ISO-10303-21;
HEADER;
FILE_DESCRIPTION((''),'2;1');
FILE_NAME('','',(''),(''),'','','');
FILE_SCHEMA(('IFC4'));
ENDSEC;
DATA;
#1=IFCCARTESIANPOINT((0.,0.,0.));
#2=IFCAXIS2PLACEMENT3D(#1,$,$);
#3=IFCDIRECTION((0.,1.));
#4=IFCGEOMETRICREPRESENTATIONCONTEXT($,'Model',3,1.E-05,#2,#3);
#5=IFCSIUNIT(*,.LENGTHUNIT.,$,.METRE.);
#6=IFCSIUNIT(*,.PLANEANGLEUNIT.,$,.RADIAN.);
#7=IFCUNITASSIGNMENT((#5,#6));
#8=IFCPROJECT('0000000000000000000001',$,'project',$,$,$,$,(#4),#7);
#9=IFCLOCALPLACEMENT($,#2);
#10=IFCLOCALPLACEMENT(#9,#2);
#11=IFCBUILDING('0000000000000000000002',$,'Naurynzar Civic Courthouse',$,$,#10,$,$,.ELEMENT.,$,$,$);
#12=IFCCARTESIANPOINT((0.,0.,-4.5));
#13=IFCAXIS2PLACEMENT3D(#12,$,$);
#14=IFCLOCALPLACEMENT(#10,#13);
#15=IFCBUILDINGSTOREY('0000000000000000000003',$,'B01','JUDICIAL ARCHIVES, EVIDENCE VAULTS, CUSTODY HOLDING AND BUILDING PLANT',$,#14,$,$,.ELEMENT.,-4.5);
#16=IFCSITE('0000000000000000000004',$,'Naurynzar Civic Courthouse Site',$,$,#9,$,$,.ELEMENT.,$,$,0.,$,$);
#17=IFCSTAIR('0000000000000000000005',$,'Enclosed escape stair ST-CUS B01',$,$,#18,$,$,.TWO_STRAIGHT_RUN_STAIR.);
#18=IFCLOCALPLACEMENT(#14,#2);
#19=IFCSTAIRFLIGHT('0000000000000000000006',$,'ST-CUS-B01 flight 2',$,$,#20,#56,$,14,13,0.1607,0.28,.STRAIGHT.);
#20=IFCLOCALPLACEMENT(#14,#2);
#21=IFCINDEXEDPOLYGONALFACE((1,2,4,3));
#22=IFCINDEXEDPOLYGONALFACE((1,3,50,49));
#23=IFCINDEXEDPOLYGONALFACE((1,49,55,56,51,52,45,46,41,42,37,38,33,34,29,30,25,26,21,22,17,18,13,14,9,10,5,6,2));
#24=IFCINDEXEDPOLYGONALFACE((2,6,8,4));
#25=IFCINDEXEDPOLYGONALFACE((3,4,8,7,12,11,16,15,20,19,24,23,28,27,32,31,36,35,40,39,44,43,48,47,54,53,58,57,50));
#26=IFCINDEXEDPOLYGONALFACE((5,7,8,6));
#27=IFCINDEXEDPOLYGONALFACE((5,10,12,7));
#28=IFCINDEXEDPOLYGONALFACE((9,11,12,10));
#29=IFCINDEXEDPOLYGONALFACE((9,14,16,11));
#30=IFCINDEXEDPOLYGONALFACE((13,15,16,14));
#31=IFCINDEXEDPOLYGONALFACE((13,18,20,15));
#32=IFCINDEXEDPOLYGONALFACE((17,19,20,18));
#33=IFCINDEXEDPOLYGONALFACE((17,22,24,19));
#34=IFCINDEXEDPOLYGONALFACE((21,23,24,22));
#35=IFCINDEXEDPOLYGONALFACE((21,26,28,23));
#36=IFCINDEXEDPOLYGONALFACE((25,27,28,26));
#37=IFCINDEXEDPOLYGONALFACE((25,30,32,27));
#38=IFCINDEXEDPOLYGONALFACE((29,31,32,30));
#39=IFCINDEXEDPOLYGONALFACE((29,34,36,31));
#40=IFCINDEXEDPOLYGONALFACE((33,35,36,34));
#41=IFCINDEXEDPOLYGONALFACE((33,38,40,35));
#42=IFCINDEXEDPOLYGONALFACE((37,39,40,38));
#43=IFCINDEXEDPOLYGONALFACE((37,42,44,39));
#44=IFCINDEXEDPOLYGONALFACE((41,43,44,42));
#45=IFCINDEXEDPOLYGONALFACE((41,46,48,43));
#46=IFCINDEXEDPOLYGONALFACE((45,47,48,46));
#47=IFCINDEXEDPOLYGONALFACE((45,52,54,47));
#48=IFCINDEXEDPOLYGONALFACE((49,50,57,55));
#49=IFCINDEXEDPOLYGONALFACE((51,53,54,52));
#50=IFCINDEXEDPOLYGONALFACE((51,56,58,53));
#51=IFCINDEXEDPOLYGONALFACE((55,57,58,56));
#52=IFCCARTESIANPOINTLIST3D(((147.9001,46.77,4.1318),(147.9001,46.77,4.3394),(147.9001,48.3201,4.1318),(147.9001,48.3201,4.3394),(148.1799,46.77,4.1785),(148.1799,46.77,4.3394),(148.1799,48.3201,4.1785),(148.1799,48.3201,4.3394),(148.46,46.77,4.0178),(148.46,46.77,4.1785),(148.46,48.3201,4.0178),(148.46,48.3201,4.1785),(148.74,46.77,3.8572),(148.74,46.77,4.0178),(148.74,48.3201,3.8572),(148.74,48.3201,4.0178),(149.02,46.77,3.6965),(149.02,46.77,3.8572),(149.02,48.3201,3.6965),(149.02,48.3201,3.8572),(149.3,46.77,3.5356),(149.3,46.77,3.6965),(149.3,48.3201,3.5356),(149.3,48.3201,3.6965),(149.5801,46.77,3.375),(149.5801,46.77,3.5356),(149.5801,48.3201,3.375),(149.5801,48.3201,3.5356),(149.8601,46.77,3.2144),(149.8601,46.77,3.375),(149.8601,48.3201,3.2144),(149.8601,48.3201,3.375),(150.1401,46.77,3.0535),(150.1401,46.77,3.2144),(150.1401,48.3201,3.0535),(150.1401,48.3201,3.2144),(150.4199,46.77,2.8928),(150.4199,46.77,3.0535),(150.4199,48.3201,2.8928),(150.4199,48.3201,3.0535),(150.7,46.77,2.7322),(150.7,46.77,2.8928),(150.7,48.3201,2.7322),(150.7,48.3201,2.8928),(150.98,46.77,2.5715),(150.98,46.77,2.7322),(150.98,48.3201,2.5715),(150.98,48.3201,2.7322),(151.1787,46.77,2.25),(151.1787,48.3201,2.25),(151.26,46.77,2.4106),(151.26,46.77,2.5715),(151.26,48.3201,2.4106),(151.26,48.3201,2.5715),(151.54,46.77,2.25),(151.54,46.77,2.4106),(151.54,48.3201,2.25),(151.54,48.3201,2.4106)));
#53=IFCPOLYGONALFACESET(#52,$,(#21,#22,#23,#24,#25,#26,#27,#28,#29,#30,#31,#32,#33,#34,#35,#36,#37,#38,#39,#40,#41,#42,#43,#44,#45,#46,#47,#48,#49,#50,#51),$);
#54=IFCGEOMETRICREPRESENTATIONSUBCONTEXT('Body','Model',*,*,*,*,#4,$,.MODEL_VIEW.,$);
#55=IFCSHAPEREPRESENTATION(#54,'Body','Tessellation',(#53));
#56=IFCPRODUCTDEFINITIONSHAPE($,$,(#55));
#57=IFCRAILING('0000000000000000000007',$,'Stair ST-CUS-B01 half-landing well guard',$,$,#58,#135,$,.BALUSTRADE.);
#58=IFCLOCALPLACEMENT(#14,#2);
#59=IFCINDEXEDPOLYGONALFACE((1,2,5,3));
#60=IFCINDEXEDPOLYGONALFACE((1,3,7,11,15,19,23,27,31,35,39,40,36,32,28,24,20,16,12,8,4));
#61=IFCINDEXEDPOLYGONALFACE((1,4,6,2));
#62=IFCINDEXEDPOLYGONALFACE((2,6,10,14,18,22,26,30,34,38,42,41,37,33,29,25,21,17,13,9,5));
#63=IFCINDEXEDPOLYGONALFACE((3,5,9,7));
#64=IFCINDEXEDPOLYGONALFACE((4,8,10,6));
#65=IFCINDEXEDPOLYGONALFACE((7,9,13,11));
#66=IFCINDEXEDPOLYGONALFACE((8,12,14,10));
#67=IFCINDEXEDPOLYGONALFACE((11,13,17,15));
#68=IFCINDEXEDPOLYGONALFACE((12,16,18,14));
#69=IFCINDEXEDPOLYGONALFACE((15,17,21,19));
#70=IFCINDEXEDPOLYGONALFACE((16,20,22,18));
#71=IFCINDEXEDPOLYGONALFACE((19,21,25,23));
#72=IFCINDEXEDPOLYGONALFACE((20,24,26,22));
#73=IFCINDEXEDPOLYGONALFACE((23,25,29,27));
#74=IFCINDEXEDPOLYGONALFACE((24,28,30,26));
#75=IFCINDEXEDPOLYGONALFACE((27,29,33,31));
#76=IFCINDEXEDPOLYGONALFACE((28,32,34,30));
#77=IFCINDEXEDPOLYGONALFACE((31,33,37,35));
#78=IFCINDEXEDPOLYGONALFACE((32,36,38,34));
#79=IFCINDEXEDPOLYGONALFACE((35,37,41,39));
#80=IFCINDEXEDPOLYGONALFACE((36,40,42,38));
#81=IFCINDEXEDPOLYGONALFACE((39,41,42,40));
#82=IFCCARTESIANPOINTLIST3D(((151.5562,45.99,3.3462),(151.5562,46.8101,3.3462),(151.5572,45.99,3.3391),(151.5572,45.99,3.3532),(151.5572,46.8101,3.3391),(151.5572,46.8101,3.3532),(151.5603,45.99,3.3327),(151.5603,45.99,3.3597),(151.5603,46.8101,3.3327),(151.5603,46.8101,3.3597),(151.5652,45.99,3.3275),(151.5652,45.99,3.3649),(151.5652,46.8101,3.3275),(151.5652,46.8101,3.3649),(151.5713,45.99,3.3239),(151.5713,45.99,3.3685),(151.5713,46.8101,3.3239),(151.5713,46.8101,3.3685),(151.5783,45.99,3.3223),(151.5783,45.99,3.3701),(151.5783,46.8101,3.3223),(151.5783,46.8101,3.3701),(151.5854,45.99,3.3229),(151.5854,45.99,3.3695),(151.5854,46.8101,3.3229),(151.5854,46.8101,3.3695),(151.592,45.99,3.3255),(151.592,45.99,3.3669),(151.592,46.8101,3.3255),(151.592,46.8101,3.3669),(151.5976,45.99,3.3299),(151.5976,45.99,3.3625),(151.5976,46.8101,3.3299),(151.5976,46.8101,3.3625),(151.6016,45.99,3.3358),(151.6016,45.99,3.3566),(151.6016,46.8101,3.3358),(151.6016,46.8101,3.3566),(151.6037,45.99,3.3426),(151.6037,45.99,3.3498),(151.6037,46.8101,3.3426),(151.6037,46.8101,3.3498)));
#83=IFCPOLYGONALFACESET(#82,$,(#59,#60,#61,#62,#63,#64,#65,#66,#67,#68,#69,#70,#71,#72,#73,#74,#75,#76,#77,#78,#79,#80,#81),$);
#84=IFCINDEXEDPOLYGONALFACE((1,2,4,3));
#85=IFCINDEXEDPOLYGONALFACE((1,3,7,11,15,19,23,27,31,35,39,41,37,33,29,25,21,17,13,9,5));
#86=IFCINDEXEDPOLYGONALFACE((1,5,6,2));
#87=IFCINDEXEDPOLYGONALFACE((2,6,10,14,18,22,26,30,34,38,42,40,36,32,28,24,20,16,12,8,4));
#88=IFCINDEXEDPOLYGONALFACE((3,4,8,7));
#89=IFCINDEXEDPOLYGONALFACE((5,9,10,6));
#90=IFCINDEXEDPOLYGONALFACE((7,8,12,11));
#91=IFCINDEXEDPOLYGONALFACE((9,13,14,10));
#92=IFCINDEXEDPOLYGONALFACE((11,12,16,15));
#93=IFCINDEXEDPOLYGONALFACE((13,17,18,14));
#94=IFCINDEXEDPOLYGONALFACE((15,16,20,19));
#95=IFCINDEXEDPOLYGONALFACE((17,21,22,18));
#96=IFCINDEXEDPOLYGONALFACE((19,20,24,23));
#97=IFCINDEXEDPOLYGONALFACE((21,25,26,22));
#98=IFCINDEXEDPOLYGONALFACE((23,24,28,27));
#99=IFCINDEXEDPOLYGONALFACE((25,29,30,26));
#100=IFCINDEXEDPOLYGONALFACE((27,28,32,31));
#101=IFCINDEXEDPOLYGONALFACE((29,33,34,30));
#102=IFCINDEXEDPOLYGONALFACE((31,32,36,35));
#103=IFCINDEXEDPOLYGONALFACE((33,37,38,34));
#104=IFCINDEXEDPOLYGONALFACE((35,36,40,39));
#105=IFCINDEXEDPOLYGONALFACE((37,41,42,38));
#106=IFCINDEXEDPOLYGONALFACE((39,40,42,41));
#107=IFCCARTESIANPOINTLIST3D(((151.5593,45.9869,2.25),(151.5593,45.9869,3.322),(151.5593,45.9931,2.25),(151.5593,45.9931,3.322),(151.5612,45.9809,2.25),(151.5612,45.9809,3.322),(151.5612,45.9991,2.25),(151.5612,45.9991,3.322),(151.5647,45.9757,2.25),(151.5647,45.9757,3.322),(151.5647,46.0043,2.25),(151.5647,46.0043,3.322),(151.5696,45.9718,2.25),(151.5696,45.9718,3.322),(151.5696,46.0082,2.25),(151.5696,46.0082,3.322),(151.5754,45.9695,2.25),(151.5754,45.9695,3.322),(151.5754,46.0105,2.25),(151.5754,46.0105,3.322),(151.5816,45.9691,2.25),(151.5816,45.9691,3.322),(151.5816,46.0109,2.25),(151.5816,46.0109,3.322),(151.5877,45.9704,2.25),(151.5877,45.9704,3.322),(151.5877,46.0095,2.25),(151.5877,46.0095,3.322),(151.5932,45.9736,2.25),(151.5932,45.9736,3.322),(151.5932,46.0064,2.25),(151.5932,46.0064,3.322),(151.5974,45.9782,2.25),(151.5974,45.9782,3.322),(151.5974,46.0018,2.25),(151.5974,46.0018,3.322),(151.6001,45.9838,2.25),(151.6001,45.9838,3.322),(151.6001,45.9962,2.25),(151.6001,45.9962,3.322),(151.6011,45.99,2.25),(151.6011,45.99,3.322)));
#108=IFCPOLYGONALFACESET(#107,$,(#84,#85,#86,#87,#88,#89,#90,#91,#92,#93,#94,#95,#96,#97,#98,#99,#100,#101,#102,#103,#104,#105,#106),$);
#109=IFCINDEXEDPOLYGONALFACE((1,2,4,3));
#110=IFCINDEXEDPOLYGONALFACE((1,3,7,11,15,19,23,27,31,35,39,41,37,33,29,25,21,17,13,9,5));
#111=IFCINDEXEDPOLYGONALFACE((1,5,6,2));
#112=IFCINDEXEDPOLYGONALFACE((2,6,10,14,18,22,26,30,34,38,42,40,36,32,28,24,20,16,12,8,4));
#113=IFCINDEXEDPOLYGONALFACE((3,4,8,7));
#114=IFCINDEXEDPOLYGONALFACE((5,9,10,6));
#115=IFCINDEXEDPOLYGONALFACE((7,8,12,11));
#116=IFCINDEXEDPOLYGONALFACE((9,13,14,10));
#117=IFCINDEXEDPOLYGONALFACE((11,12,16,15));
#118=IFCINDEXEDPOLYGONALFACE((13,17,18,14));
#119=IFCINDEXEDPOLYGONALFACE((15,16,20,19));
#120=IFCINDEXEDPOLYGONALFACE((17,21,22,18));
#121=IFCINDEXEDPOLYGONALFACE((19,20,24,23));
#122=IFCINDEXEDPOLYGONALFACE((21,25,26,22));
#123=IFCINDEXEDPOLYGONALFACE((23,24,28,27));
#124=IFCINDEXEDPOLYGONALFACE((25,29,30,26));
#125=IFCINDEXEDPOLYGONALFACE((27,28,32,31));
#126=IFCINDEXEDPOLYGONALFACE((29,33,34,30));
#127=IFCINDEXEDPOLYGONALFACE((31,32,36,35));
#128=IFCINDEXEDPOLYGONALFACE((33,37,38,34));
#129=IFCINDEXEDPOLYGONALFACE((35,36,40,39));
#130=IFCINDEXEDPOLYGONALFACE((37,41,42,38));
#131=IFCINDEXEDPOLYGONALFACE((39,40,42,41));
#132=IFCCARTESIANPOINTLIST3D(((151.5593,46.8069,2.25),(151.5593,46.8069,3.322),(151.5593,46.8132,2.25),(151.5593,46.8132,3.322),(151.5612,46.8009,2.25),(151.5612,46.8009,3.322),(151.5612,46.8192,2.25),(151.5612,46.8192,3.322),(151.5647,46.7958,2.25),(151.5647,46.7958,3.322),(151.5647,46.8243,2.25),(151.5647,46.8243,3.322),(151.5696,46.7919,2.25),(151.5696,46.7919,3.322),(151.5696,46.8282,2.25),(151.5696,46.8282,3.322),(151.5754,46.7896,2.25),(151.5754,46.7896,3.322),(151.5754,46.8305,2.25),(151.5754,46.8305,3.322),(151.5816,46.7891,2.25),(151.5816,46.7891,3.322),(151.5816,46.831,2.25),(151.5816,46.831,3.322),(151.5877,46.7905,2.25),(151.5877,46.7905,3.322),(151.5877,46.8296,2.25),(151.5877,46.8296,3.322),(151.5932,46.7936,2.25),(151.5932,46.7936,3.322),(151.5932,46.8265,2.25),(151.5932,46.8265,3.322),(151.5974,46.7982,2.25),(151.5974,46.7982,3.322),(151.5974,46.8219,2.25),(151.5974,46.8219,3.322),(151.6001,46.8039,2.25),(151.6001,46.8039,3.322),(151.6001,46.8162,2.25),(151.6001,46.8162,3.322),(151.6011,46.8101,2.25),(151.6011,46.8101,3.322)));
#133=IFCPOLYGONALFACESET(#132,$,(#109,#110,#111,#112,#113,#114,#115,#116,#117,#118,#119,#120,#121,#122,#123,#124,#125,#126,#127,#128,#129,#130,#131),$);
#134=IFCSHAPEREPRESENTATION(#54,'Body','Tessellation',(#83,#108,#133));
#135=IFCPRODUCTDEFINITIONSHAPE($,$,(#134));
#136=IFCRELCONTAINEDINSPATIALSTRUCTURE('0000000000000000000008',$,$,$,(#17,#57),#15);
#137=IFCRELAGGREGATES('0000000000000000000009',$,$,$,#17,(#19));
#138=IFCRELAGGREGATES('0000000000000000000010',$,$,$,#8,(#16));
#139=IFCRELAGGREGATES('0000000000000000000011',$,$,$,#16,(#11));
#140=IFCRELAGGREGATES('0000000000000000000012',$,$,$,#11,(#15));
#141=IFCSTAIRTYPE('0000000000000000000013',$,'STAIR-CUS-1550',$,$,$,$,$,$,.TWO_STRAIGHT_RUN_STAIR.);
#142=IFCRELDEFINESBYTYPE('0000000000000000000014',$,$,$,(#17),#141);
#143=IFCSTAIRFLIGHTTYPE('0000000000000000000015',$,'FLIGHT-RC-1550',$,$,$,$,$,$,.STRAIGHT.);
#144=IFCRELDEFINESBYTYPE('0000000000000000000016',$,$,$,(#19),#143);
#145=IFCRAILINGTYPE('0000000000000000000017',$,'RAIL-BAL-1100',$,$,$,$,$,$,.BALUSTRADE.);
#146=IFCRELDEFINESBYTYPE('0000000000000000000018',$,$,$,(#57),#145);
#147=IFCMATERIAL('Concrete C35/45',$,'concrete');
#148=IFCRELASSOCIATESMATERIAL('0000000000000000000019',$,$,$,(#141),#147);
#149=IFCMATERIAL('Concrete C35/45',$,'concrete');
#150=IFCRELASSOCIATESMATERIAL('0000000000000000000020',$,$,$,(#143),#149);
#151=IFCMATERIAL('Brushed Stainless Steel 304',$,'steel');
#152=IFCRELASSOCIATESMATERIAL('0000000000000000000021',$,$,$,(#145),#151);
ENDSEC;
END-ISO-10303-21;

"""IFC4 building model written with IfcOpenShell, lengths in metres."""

from ifc_helpers import new_model, si_unit, direction, frame, origin, origin_2d, place, context, subcontext, project, spatial, polyline, circle, outline, extrude, material, type_object, element, aggregate, save


model = new_model("IFC4")

# Units and contexts
model_context = context("Model", 3, precision=1e-05, world=origin(), true_north=direction((0.0, 1.0)))
body_context = subcontext(model_context, "Body", "Model", "MODEL_VIEW")
ifc_project = project(units=[si_unit("LENGTHUNIT", "METRE"), si_unit("PLANEANGLEUNIT", "RADIAN")], contexts=[model_context])

# Site, building, storey
site_placement = place(None, origin())
site = spatial("IfcSite", under=ifc_project, at=site_placement, Name="Naurynzar Civic Courthouse Site", CompositionType="ELEMENT", RefElevation=0.0)
building_placement = place(site_placement, origin())
building = spatial("IfcBuilding", under=site, at=building_placement, Name="Naurynzar Civic Courthouse", CompositionType="ELEMENT")
storey_placement = place(building_placement, frame((0.0, 0.0, -4.5)))
storey = spatial("IfcBuildingStorey", under=building, at=storey_placement, Name="B01", Description="JUDICIAL ARCHIVES, EVIDENCE VAULTS, CUSTODY HOLDING AND BUILDING PLANT", CompositionType="ELEMENT", Elevation=-4.5)

# Stair, stair flight
ifc_material_1 = material(Name="Concrete C35/45", Category="concrete")
stair_type = type_object("IfcStairType", Name="STAIR-CUS-1550", PredefinedType="TWO_STRAIGHT_RUN_STAIR", material=ifc_material_1)
stair_placement = place(storey_placement, origin())
stair = element("IfcStair", 1, at=stair_placement, inside=storey, type_object=stair_type, Name="Enclosed escape stair ST-CUS B01", PredefinedType="TWO_STRAIGHT_RUN_STAIR")
ifc_material_2 = material(Name="Concrete C35/45", Category="concrete")
stair_flight_type = type_object("IfcStairFlightType", Name="FLIGHT-RC-1550", PredefinedType="STRAIGHT", material=ifc_material_2)
stair_flight_placement = place(storey_placement, frame((151.54, 47.5449, 2.25), z_axis=(0.0, 0.0, 1.0), x_axis=(-1.0, 0.0, 0.0)))
stair_flight = element("IfcStairFlight", 2, at=stair_flight_placement, type_object=stair_flight_type, Name="ST-CUS-B01 flight 2", NumberOfRisers=14, NumberOfTreads=13, PredefinedType="STRAIGHT", RiserHeight=0.1607, TreadLength=0.28, context=body_context, shape_type="SweptSolid", body=[
    extrude(outline(polyline([(0.0, 0.0), (0.0, 0.1606), (0.28, 0.1606), (0.28, 0.3215), (0.5601, 0.3215), (0.5601, 0.4822), (0.8401, 0.4822), (0.8401, 0.6428), (1.1201, 0.6428), (1.1201, 0.8035), (1.3999, 0.8035), (1.3999, 0.9644), (1.6799, 0.9644), (1.6799, 1.125), (1.96, 1.125), (1.96, 1.2856), (2.24, 1.2856), (2.24, 1.4465), (2.52, 1.4465), (2.52, 1.6072), (2.8, 1.6072), (2.8, 1.7678), (3.0801, 1.7678), (3.0801, 1.9285), (3.3601, 1.9285), (3.3601, 2.0894), (3.6399, 2.0894), (3.6399, 2.25), (3.6399, 1.8818), (0.3613, 0.0), (0.0, 0.0)])), frame((0.0, 0.7749, 0.0), z_axis=(0.0, -1.0, 0.0), x_axis=(1.0, 0.0, 0.0)), (0.0, 0.0, 1.0), 1.55),
])
aggregate(stair, [stair_flight])

# Railing
ifc_material_3 = material(Name="Brushed Stainless Steel 304", Category="steel")
railing_type_1 = type_object("IfcRailingType", Name="RAIL-BAL-1100", PredefinedType="BALUSTRADE", material=ifc_material_3)
railing_1_placement = place(storey_placement, frame((151.5801, 45.99, 2.25)))
element("IfcRailing", 3, at=railing_1_placement, inside=storey, type_object=railing_type_1, Name="Stair ST-CUS-B01 half-landing well guard", PredefinedType="BALUSTRADE", context=body_context, shape_type="SweptSolid", body=[
    extrude(circle(Radius=0.0239, at=origin_2d()), frame((0.0, 0.0, 1.0962), z_axis=(0.0, 1.0, 0.0), x_axis=(-1.0, 0.0, 0.0)), (0.0, 0.0, 1.0), 0.8201),
    extrude(circle(Radius=0.021, at=origin_2d()), origin(), (0.0, 0.0, 1.0), 1.072),
    extrude(circle(Radius=0.021, at=origin_2d()), frame((0.0, 0.8201, 0.0)), (0.0, 0.0, 1.0), 1.072),
])

save(model, "model.ifc")
